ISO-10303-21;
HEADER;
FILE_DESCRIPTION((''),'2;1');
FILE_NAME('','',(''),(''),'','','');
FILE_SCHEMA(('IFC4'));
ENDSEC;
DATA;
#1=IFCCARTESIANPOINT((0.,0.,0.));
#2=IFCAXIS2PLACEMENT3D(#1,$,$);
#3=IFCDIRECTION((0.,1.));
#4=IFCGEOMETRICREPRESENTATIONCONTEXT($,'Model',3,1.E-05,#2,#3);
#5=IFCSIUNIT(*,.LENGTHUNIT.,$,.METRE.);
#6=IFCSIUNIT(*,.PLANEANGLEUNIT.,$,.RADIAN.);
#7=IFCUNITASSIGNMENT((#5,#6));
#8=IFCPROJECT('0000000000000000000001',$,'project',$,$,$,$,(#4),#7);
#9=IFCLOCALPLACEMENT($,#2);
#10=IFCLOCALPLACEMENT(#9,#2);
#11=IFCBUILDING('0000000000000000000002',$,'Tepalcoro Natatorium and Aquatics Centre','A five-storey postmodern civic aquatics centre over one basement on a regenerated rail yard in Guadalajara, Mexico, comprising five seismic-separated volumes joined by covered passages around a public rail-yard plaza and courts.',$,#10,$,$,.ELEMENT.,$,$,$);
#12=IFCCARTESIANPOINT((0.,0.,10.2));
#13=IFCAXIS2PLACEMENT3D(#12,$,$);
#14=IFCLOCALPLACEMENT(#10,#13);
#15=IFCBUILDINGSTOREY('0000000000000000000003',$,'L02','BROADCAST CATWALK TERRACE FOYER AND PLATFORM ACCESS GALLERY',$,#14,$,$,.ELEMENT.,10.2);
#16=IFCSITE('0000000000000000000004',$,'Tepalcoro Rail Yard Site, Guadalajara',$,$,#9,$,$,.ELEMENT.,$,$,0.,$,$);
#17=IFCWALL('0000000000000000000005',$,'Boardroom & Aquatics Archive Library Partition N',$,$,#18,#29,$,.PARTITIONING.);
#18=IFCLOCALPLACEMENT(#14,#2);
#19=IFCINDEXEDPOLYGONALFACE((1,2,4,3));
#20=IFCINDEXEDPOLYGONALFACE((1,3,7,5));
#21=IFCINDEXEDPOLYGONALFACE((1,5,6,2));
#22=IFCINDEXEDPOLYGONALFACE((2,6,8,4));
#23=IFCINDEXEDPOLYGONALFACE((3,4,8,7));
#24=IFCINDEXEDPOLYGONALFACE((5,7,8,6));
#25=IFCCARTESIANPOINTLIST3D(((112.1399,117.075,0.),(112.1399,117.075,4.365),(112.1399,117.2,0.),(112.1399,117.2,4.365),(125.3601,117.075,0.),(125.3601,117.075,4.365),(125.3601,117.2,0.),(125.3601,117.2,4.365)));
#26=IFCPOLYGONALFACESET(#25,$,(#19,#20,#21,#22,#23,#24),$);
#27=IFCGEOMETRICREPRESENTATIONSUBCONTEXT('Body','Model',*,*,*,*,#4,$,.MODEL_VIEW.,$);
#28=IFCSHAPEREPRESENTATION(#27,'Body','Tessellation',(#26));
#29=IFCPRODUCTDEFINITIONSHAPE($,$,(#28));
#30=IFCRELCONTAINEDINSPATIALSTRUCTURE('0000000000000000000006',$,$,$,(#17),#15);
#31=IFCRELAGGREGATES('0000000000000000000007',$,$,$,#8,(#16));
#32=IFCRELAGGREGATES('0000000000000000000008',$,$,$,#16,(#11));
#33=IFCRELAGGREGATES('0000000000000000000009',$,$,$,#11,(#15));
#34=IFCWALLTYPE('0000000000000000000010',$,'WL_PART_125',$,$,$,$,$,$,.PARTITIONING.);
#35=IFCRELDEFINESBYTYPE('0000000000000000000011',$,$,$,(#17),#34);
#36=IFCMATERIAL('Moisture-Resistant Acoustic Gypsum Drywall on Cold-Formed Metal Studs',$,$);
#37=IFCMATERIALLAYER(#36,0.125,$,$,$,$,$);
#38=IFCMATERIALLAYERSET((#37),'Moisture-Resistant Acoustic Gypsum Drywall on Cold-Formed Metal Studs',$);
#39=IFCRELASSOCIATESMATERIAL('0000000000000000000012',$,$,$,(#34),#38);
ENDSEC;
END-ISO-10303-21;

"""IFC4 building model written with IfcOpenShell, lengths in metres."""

from ifc_helpers import new_model, si_unit, direction, frame, frame_2d, origin, place, context, subcontext, project, spatial, rectangle, extrude, material, layer, layer_set, type_object, element, save


model = new_model("IFC4")

# Units and contexts
model_context = context("Model", 3, precision=1e-05, world=origin(), true_north=direction((0.0, 1.0)))
body_context = subcontext(model_context, "Body", "Model", "MODEL_VIEW")
ifc_project = project(units=[si_unit("LENGTHUNIT", "METRE"), si_unit("PLANEANGLEUNIT", "RADIAN")], contexts=[model_context])

# Site, building, storey
site_placement = place(None, origin())
site = spatial("IfcSite", under=ifc_project, at=site_placement, Name="Tepalcoro Rail Yard Site, Guadalajara", CompositionType="ELEMENT", RefElevation=0.0)
building_placement = place(site_placement, origin())
building = spatial("IfcBuilding", under=site, at=building_placement, Name="Tepalcoro Natatorium and Aquatics Centre", Description="A five-storey postmodern civic aquatics centre over one basement on a regenerated rail yard in Guadalajara, Mexico, comprising five seismic-separated volumes joined by covered passages around a public rail-yard plaza and courts.", CompositionType="ELEMENT")
storey_placement = place(building_placement, frame((0.0, 0.0, 10.2)))
storey = spatial("IfcBuildingStorey", under=building, at=storey_placement, Name="L02", Description="BROADCAST CATWALK TERRACE FOYER AND PLATFORM ACCESS GALLERY", CompositionType="ELEMENT", Elevation=10.2)

# Wall
ifc_material_1 = material(Name="Moisture-Resistant Acoustic Gypsum Drywall on Cold-Formed Metal Studs")
ifc_layer_1 = layer(ifc_material_1, 0.125)
ifc_layer_set_1 = layer_set([ifc_layer_1], Name="Moisture-Resistant Acoustic Gypsum Drywall on Cold-Formed Metal Studs")
wall_type_1 = type_object("IfcWallType", Name="WL_PART_125", PredefinedType="PARTITIONING", material=ifc_layer_set_1)
wall_1_placement = place(storey_placement, frame((112.1399, 117.1375, 0.0), z_axis=(0.0, 0.0, 1.0), x_axis=(1.0, 0.0, 0.0)))
element("IfcWall", 1, at=wall_1_placement, inside=storey, type_object=wall_type_1, Name="Boardroom & Aquatics Archive Library Partition N", PredefinedType="PARTITIONING", context=body_context, shape_type="SweptSolid", body=[
    extrude(rectangle(XDim=13.2202, YDim=0.125, at=frame_2d((6.6101, 0.0))), origin(), (0.0, 0.0, 1.0), 4.365),
])

save(model, "model.ifc")
